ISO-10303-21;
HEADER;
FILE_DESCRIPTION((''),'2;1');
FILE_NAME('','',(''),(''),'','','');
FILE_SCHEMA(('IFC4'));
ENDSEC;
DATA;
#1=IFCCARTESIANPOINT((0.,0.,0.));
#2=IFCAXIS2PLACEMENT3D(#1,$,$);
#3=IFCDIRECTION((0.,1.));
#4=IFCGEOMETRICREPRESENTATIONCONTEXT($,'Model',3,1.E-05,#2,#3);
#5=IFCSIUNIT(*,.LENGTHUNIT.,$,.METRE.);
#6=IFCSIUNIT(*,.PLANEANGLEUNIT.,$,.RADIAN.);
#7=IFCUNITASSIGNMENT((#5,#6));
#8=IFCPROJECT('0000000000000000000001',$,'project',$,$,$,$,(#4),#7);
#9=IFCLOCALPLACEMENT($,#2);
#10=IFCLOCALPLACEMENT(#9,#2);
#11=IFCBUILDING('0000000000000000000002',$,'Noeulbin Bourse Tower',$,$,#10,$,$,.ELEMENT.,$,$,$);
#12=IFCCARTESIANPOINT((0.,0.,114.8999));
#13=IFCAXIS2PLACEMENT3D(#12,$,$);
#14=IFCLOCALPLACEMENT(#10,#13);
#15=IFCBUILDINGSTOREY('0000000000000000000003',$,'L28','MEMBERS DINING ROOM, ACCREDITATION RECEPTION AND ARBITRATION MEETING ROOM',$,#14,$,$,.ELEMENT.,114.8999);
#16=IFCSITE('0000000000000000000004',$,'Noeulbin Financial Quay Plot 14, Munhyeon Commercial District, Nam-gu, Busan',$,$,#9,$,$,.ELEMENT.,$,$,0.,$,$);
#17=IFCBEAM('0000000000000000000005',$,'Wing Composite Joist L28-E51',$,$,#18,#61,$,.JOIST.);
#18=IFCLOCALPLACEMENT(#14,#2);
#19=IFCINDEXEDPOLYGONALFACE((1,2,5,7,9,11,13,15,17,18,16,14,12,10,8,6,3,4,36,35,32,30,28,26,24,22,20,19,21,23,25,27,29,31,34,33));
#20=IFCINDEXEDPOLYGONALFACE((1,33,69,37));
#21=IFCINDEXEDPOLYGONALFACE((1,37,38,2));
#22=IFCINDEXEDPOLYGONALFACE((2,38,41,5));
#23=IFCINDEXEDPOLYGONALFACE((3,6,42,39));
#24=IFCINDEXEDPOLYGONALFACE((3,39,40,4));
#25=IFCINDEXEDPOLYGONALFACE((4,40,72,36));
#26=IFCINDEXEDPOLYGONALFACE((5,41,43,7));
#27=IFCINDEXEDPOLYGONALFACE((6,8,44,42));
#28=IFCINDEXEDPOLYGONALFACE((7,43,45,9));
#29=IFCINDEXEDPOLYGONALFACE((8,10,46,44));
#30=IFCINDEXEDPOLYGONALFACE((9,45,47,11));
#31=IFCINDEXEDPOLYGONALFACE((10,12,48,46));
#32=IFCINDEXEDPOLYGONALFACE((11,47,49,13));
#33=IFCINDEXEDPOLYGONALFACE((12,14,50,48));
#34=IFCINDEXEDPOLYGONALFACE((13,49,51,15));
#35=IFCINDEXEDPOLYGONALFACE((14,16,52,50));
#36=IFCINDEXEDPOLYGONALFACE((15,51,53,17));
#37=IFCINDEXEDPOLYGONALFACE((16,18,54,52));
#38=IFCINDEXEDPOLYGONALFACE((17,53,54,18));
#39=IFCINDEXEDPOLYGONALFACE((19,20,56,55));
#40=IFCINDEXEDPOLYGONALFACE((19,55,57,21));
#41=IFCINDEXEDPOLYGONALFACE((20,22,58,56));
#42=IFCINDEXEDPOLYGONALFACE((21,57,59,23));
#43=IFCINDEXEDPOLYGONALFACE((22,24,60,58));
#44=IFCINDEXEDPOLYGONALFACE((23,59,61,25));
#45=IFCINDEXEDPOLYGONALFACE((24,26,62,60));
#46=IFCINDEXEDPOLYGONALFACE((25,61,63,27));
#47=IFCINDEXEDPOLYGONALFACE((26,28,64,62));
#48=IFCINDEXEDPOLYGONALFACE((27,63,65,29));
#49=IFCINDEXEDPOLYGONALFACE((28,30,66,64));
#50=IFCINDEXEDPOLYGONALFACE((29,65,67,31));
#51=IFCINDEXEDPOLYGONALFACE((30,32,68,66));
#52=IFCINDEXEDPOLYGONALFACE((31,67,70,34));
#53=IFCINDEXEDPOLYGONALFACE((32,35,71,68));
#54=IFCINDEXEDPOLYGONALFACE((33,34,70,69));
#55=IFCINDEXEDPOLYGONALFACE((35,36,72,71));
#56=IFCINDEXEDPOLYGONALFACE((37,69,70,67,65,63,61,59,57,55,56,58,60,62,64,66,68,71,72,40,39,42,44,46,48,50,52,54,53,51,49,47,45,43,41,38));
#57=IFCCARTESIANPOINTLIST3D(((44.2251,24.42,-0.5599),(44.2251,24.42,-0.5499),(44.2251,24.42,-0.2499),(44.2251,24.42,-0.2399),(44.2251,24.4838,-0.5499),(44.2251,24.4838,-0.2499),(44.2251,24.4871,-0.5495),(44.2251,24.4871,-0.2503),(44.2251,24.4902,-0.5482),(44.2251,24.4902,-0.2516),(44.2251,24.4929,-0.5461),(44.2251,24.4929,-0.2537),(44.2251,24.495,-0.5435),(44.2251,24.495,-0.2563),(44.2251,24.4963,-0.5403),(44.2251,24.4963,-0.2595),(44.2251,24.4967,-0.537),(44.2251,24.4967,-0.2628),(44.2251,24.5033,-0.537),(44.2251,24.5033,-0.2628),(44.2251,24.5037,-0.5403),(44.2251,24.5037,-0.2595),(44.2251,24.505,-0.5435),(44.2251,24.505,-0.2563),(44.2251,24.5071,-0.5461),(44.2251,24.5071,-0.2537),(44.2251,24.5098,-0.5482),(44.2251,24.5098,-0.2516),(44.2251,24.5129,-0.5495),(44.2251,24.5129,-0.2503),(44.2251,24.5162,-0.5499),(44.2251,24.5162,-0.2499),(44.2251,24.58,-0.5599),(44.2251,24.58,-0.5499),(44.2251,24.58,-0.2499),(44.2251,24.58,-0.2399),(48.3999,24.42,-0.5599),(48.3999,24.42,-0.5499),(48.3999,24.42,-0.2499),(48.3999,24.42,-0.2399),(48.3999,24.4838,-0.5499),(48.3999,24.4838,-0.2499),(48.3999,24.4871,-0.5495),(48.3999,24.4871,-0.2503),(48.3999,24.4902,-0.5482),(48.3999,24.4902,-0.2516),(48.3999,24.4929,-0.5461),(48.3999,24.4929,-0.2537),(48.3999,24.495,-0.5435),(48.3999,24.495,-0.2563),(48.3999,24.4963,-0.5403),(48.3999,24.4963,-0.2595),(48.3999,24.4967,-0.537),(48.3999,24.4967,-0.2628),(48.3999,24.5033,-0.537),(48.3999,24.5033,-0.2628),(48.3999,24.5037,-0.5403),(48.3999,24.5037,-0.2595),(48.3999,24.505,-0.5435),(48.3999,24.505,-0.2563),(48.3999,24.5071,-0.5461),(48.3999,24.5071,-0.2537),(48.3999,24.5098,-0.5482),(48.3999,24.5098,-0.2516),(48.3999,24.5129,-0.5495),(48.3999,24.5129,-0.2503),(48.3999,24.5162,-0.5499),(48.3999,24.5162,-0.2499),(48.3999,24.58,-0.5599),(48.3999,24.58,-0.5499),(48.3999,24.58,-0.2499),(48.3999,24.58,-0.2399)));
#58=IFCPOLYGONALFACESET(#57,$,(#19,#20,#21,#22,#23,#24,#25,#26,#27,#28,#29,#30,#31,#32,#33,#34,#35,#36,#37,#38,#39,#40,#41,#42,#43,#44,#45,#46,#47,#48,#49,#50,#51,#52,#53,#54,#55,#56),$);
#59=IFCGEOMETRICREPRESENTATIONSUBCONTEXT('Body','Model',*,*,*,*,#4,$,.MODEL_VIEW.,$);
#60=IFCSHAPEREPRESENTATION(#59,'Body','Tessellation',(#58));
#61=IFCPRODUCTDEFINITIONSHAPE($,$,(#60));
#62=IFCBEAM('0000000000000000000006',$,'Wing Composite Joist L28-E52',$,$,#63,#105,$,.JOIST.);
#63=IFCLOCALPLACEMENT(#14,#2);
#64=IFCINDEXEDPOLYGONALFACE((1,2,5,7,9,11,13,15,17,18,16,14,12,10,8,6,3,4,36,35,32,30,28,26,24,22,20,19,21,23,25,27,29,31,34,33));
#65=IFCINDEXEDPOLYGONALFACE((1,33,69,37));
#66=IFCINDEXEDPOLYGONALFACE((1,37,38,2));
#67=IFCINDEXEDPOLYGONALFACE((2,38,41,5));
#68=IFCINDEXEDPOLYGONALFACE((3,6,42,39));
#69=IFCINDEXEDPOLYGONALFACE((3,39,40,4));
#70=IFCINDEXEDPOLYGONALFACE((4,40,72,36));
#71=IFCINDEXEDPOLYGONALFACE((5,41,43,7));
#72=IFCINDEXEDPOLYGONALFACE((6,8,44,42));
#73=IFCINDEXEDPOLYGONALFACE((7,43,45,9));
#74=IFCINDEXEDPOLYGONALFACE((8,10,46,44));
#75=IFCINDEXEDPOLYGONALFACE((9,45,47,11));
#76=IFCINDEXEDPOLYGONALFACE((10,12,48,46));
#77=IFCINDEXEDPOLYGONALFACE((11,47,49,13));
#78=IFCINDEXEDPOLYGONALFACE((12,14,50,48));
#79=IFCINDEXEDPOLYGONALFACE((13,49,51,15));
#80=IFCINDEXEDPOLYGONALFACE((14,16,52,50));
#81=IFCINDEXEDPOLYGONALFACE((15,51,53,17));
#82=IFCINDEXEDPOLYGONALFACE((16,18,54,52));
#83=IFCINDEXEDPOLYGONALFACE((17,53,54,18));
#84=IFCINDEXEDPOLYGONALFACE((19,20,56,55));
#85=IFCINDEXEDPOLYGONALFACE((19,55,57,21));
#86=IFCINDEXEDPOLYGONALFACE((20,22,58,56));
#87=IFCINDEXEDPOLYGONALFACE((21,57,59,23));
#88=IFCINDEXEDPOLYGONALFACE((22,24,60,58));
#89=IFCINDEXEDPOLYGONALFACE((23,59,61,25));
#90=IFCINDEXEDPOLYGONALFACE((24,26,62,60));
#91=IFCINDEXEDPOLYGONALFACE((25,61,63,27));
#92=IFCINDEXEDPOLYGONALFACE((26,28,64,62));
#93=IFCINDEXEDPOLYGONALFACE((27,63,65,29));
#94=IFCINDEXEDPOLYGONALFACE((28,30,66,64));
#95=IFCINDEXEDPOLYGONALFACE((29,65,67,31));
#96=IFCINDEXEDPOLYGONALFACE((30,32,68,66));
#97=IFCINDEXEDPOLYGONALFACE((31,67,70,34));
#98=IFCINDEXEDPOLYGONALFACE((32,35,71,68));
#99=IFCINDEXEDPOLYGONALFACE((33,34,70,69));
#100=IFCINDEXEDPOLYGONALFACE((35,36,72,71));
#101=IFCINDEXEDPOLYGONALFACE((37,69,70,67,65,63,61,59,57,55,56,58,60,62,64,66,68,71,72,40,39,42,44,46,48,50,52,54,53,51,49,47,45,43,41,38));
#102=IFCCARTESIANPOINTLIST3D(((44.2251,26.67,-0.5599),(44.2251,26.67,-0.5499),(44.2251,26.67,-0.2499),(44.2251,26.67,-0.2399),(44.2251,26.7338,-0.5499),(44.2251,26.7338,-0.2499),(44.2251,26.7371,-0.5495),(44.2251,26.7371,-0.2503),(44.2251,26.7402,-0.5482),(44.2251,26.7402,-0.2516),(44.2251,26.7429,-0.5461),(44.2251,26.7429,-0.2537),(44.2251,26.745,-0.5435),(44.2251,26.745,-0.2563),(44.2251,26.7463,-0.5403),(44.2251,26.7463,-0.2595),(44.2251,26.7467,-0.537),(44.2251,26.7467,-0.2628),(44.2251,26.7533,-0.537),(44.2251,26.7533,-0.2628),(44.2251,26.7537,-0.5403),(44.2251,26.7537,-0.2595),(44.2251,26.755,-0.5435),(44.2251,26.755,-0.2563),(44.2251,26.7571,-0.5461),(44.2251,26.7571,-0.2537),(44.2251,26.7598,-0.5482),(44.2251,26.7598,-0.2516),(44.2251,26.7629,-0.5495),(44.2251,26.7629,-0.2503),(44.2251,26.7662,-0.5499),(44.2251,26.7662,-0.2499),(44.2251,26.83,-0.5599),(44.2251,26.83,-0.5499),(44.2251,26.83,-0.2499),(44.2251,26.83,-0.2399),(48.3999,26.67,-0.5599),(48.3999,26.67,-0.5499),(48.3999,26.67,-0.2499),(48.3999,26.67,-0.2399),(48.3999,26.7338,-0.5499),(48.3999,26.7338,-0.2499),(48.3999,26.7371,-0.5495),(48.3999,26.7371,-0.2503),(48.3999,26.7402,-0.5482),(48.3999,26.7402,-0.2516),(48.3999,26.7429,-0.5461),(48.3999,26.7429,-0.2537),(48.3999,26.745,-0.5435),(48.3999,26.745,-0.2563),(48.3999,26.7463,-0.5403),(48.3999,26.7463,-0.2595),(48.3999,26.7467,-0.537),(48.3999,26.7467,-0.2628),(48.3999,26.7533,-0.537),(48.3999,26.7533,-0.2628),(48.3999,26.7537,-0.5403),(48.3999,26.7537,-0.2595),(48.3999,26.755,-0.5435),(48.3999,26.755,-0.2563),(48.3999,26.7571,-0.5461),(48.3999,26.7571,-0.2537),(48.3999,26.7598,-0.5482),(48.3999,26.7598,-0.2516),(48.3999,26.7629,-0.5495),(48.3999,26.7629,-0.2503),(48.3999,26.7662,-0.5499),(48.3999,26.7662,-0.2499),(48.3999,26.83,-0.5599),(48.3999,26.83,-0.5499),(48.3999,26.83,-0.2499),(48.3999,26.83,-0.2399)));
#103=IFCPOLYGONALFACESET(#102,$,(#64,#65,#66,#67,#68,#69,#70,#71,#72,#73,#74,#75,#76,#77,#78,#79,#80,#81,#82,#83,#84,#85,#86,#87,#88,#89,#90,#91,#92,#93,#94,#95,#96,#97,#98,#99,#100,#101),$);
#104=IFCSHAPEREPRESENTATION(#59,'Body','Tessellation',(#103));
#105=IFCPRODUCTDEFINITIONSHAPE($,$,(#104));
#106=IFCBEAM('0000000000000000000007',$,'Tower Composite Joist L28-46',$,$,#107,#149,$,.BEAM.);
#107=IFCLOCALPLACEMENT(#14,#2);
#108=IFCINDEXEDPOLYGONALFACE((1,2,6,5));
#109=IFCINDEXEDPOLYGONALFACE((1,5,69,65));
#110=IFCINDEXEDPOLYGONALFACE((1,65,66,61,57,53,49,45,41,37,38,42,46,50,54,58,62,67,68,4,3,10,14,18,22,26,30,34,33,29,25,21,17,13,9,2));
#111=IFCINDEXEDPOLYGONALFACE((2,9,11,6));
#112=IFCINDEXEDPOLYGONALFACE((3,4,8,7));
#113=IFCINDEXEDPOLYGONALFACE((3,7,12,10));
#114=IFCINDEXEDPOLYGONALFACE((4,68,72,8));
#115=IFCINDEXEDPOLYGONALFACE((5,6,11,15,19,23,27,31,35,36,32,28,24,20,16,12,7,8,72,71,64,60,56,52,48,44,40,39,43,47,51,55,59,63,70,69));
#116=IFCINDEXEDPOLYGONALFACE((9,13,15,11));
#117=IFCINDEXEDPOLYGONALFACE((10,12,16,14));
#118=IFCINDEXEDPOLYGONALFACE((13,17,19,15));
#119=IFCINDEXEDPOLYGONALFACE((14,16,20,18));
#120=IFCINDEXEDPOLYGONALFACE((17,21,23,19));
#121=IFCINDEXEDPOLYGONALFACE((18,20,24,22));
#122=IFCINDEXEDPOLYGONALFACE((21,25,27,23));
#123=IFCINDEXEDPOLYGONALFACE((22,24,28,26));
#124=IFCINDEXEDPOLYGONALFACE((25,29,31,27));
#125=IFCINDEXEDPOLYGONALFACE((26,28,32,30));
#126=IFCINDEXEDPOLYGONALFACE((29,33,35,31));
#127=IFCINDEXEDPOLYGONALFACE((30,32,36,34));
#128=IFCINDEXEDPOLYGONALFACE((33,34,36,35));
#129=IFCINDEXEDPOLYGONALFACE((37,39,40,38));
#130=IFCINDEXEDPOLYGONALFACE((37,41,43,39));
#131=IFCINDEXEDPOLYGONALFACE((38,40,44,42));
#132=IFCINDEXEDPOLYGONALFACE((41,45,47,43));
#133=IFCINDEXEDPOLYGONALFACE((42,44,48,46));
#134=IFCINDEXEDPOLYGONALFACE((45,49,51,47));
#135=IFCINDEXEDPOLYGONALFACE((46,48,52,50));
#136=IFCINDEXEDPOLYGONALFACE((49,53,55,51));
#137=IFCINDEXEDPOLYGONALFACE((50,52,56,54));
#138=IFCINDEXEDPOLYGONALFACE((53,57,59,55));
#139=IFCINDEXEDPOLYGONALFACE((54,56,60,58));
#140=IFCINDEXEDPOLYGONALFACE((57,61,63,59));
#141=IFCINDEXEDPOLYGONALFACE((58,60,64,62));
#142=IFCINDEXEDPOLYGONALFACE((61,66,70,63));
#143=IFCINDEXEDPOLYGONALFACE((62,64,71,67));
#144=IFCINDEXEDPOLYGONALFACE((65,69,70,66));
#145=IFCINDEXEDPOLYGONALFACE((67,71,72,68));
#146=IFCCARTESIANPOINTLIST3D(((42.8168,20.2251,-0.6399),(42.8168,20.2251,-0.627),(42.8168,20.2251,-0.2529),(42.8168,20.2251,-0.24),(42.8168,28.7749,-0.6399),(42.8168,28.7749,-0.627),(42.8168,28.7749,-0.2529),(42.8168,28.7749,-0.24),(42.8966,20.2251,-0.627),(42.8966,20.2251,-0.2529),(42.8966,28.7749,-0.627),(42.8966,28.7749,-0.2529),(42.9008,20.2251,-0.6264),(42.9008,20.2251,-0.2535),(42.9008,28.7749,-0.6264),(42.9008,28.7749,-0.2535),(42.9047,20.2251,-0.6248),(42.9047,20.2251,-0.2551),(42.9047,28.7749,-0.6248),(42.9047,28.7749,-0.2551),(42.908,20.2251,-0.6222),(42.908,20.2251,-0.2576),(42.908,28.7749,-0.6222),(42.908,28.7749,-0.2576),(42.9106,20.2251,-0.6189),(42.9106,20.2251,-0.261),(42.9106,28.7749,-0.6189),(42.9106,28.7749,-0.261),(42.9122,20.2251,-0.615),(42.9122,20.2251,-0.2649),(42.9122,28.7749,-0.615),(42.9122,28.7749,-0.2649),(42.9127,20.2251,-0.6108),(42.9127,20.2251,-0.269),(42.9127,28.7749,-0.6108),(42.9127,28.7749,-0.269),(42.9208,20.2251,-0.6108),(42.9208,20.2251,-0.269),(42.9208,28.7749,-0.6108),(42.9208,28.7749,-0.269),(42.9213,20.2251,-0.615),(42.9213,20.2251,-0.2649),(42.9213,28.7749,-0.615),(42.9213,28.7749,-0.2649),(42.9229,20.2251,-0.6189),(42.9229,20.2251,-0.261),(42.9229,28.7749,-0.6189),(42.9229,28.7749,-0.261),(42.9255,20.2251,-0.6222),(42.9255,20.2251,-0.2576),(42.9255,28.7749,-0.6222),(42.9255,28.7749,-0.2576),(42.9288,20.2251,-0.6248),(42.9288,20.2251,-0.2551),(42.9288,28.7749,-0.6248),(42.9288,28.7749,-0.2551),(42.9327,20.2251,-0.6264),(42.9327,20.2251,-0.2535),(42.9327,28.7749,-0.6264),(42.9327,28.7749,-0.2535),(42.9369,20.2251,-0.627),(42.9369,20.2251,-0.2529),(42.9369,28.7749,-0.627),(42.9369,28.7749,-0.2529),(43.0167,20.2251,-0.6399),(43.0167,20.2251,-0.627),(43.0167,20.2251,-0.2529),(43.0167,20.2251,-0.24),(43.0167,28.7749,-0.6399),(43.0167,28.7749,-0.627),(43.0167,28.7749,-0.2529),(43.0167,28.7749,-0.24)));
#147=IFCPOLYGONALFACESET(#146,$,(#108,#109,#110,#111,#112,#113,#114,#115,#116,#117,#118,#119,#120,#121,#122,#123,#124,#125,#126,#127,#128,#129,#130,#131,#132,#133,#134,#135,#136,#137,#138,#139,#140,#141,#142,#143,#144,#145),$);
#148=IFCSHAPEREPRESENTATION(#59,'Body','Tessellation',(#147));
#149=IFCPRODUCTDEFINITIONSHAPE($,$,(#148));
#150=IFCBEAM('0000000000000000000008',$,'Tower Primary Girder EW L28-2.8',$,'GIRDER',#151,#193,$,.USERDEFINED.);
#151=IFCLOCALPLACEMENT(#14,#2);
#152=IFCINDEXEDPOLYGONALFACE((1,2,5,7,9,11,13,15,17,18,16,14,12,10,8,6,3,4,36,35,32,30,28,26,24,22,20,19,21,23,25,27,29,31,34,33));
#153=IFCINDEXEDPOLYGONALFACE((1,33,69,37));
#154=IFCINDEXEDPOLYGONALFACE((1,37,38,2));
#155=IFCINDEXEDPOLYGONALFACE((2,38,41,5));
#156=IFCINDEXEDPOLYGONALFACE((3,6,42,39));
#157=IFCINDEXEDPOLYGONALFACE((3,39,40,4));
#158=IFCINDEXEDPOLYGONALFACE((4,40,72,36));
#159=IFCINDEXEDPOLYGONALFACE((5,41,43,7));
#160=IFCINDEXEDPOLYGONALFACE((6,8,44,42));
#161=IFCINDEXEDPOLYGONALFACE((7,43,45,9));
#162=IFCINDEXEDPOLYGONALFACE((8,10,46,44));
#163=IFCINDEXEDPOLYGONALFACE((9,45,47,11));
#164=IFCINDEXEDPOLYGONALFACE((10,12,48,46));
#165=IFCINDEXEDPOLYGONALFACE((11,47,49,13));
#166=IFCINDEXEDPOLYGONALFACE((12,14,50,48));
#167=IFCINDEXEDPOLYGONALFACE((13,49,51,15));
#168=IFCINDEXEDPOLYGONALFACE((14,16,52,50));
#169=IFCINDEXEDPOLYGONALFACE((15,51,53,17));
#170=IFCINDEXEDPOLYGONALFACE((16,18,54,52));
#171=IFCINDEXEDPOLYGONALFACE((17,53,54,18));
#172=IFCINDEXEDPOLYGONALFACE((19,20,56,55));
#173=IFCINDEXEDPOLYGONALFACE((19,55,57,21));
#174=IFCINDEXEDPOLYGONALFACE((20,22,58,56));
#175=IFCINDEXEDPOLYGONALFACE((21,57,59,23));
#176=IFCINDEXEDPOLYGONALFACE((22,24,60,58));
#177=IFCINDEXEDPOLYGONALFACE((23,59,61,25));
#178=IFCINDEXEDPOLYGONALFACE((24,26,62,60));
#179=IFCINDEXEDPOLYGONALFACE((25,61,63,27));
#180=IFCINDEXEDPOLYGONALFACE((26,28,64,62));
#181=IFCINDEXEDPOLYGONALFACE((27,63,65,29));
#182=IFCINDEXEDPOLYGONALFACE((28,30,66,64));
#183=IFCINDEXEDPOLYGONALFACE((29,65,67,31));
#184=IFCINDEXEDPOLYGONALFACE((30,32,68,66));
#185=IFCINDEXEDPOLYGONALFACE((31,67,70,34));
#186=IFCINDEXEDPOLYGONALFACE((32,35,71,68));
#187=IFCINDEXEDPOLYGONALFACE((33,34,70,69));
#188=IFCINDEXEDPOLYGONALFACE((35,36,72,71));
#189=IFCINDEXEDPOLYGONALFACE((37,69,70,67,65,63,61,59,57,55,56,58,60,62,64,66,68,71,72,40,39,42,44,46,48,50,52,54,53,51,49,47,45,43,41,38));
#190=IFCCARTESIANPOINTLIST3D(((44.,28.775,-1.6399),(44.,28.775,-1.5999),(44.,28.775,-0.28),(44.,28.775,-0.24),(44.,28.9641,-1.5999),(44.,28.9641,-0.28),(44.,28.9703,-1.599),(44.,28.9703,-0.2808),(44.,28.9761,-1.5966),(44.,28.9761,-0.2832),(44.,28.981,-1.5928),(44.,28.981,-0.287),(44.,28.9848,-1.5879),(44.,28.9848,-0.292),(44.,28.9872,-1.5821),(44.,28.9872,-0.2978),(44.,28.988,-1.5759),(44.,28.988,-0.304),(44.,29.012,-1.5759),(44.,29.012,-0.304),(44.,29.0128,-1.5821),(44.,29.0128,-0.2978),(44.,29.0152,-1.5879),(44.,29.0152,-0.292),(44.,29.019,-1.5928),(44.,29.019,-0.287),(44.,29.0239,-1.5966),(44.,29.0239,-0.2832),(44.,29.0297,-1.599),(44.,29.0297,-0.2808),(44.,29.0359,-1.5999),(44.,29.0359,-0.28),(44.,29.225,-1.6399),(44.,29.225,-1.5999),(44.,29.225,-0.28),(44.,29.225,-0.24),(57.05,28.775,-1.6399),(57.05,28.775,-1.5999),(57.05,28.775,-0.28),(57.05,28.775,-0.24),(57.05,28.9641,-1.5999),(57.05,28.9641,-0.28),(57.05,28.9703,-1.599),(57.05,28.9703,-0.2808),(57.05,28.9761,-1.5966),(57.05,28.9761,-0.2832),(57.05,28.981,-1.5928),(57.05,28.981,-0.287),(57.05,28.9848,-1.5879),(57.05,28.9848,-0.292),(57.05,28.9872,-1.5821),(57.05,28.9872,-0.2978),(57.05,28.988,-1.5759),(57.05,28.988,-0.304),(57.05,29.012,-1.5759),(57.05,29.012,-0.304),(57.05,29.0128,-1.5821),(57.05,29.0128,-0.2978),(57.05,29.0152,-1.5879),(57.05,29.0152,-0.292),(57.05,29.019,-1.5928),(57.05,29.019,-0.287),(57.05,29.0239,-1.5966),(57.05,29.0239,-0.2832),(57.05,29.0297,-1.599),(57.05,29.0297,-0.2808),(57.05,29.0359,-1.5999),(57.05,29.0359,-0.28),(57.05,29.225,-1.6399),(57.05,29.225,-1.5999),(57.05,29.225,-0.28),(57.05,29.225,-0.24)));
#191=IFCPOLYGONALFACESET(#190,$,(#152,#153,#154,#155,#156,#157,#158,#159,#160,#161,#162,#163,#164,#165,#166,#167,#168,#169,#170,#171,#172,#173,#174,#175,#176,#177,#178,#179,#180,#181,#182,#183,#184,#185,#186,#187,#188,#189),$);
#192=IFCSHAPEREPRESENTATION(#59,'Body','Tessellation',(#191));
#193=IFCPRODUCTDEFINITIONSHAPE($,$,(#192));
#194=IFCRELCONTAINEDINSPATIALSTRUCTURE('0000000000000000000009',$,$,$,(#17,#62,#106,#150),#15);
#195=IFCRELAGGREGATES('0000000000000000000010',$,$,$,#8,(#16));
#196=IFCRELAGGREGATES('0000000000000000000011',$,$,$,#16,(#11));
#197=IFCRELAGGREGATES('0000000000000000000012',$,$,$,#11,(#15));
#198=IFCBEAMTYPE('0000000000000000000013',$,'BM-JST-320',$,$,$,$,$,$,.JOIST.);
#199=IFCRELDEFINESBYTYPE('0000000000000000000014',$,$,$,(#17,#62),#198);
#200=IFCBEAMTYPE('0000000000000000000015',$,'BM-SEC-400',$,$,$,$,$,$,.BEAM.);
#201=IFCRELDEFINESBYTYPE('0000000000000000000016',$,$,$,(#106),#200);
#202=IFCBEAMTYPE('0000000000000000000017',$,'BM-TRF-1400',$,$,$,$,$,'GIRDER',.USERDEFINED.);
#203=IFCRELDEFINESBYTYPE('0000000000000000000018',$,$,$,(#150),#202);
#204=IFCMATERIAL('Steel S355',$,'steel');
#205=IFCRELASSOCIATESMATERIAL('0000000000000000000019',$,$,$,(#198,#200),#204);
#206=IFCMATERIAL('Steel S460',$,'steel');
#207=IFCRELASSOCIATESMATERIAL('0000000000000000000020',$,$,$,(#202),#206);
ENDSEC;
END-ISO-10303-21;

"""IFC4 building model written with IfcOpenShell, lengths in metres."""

from ifc_helpers import new_model, si_unit, direction, frame, origin, origin_2d, place, context, subcontext, project, spatial, i_section, extrude, material, material_profile, profile_set, type_object, element, save


model = new_model("IFC4")

# Units and contexts
model_context = context("Model", 3, precision=1e-05, world=origin(), true_north=direction((0.0, 1.0)))
body_context = subcontext(model_context, "Body", "Model", "MODEL_VIEW")
ifc_project = project(units=[si_unit("LENGTHUNIT", "METRE"), si_unit("PLANEANGLEUNIT", "RADIAN")], contexts=[model_context])

# Site, building, storey
site_placement = place(None, origin())
site = spatial("IfcSite", under=ifc_project, at=site_placement, Name="Noeulbin Financial Quay Plot 14, Munhyeon Commercial District, Nam-gu, Busan", CompositionType="ELEMENT", RefElevation=0.0)
building_placement = place(site_placement, origin())
building = spatial("IfcBuilding", under=site, at=building_placement, Name="Noeulbin Bourse Tower", CompositionType="ELEMENT")
storey_placement = place(building_placement, frame((0.0, 0.0, 114.8999)))
storey = spatial("IfcBuildingStorey", under=building, at=storey_placement, Name="L28", Description="MEMBERS DINING ROOM, ACCREDITATION RECEPTION AND ARBITRATION MEETING ROOM", CompositionType="ELEMENT", Elevation=114.8999)

# Shared definitions
ifc_material_1 = material(Name="Steel S355", Category="steel")
ifc_material_2 = material(Name="Steel S460", Category="steel")

# Beams
ifc_material_profile_1 = material_profile(ifc_material_1, i_section(OverallWidth=0.1599, OverallDepth=0.3201, WebThickness=0.0066, FlangeThickness=0.01, FilletRadius=0.0129, at=origin_2d()), Name="H-320x160x6.5x10", Category="LoadBearing")
ifc_profile_set_1 = profile_set([ifc_material_profile_1], Name="Steel S355")
beam_type_1 = type_object("IfcBeamType", Name="BM-JST-320", PredefinedType="JOIST", material=ifc_profile_set_1)
for number, where, z_axis, x_axis, name in (
    (1, (44.2251, 24.5, -0.3999), (1.0, 0.0, 0.0), (0.0, 1.0, 0.0), "Wing Composite Joist L28-E51"),
    (2, (44.2251, 26.75, -0.3999), (1.0, 0.0, 0.0), (0.0, 1.0, 0.0), "Wing Composite Joist L28-E52"),
):
    element("IfcBeam", number, at=place(storey_placement, frame(where, z_axis=z_axis, x_axis=x_axis)), inside=storey, type_object=beam_type_1, Name=name, PredefinedType="JOIST", context=body_context, shape_type="SweptSolid", body=[
        extrude(i_section(OverallWidth=0.1599, OverallDepth=0.3201, WebThickness=0.0066, FlangeThickness=0.01, FilletRadius=0.0129, at=origin_2d()), origin(), (0.0, 0.0, 1.0), 4.1748),
    ])
ifc_material_profile_2 = material_profile(ifc_material_1, i_section(OverallWidth=0.2, OverallDepth=0.3999, WebThickness=0.0081, FlangeThickness=0.0129, FilletRadius=0.0161, at=origin_2d()), Name="H-400x200x8x13", Category="LoadBearing")
ifc_profile_set_2 = profile_set([ifc_material_profile_2], Name="Steel S355")
beam_type_2 = type_object("IfcBeamType", Name="BM-SEC-400", PredefinedType="BEAM", material=ifc_profile_set_2)
beam_1_placement = place(storey_placement, frame((42.9167, 20.2251, -0.4399), z_axis=(0.0, 1.0, 0.0), x_axis=(-1.0, 0.0, 0.0)))
element("IfcBeam", 3, at=beam_1_placement, inside=storey, type_object=beam_type_2, Name="Tower Composite Joist L28-46", PredefinedType="BEAM", context=body_context, shape_type="SweptSolid", body=[
    extrude(i_section(OverallWidth=0.2, OverallDepth=0.3999, WebThickness=0.0081, FlangeThickness=0.0129, FilletRadius=0.0161, at=origin_2d()), origin(), (0.0, 0.0, 1.0), 8.5498),
])
ifc_material_profile_3 = material_profile(ifc_material_2, i_section(OverallWidth=0.45, OverallDepth=1.3999, WebThickness=0.0239, FlangeThickness=0.04, FilletRadius=0.0239, at=origin_2d()), Name="PG-1400x450x24x40", Category="LoadBearing")
ifc_profile_set_3 = profile_set([ifc_material_profile_3], Name="Steel S460")
beam_type_3 = type_object("IfcBeamType", Name="BM-TRF-1400", ElementType="GIRDER", PredefinedType="USERDEFINED", material=ifc_profile_set_3)
beam_2_placement = place(storey_placement, frame((44.0, 29.0, -0.9399), z_axis=(1.0, 0.0, 0.0), x_axis=(0.0, 1.0, 0.0)))
element("IfcBeam", 4, at=beam_2_placement, inside=storey, type_object=beam_type_3, Name="Tower Primary Girder EW L28-2.8", ObjectType="GIRDER", PredefinedType="USERDEFINED", context=body_context, shape_type="SweptSolid", body=[
    extrude(i_section(OverallWidth=0.45, OverallDepth=1.3999, WebThickness=0.0239, FlangeThickness=0.04, FilletRadius=0.0239, at=origin_2d()), origin(), (0.0, 0.0, 1.0), 13.05),
])

save(model, "model.ifc")
